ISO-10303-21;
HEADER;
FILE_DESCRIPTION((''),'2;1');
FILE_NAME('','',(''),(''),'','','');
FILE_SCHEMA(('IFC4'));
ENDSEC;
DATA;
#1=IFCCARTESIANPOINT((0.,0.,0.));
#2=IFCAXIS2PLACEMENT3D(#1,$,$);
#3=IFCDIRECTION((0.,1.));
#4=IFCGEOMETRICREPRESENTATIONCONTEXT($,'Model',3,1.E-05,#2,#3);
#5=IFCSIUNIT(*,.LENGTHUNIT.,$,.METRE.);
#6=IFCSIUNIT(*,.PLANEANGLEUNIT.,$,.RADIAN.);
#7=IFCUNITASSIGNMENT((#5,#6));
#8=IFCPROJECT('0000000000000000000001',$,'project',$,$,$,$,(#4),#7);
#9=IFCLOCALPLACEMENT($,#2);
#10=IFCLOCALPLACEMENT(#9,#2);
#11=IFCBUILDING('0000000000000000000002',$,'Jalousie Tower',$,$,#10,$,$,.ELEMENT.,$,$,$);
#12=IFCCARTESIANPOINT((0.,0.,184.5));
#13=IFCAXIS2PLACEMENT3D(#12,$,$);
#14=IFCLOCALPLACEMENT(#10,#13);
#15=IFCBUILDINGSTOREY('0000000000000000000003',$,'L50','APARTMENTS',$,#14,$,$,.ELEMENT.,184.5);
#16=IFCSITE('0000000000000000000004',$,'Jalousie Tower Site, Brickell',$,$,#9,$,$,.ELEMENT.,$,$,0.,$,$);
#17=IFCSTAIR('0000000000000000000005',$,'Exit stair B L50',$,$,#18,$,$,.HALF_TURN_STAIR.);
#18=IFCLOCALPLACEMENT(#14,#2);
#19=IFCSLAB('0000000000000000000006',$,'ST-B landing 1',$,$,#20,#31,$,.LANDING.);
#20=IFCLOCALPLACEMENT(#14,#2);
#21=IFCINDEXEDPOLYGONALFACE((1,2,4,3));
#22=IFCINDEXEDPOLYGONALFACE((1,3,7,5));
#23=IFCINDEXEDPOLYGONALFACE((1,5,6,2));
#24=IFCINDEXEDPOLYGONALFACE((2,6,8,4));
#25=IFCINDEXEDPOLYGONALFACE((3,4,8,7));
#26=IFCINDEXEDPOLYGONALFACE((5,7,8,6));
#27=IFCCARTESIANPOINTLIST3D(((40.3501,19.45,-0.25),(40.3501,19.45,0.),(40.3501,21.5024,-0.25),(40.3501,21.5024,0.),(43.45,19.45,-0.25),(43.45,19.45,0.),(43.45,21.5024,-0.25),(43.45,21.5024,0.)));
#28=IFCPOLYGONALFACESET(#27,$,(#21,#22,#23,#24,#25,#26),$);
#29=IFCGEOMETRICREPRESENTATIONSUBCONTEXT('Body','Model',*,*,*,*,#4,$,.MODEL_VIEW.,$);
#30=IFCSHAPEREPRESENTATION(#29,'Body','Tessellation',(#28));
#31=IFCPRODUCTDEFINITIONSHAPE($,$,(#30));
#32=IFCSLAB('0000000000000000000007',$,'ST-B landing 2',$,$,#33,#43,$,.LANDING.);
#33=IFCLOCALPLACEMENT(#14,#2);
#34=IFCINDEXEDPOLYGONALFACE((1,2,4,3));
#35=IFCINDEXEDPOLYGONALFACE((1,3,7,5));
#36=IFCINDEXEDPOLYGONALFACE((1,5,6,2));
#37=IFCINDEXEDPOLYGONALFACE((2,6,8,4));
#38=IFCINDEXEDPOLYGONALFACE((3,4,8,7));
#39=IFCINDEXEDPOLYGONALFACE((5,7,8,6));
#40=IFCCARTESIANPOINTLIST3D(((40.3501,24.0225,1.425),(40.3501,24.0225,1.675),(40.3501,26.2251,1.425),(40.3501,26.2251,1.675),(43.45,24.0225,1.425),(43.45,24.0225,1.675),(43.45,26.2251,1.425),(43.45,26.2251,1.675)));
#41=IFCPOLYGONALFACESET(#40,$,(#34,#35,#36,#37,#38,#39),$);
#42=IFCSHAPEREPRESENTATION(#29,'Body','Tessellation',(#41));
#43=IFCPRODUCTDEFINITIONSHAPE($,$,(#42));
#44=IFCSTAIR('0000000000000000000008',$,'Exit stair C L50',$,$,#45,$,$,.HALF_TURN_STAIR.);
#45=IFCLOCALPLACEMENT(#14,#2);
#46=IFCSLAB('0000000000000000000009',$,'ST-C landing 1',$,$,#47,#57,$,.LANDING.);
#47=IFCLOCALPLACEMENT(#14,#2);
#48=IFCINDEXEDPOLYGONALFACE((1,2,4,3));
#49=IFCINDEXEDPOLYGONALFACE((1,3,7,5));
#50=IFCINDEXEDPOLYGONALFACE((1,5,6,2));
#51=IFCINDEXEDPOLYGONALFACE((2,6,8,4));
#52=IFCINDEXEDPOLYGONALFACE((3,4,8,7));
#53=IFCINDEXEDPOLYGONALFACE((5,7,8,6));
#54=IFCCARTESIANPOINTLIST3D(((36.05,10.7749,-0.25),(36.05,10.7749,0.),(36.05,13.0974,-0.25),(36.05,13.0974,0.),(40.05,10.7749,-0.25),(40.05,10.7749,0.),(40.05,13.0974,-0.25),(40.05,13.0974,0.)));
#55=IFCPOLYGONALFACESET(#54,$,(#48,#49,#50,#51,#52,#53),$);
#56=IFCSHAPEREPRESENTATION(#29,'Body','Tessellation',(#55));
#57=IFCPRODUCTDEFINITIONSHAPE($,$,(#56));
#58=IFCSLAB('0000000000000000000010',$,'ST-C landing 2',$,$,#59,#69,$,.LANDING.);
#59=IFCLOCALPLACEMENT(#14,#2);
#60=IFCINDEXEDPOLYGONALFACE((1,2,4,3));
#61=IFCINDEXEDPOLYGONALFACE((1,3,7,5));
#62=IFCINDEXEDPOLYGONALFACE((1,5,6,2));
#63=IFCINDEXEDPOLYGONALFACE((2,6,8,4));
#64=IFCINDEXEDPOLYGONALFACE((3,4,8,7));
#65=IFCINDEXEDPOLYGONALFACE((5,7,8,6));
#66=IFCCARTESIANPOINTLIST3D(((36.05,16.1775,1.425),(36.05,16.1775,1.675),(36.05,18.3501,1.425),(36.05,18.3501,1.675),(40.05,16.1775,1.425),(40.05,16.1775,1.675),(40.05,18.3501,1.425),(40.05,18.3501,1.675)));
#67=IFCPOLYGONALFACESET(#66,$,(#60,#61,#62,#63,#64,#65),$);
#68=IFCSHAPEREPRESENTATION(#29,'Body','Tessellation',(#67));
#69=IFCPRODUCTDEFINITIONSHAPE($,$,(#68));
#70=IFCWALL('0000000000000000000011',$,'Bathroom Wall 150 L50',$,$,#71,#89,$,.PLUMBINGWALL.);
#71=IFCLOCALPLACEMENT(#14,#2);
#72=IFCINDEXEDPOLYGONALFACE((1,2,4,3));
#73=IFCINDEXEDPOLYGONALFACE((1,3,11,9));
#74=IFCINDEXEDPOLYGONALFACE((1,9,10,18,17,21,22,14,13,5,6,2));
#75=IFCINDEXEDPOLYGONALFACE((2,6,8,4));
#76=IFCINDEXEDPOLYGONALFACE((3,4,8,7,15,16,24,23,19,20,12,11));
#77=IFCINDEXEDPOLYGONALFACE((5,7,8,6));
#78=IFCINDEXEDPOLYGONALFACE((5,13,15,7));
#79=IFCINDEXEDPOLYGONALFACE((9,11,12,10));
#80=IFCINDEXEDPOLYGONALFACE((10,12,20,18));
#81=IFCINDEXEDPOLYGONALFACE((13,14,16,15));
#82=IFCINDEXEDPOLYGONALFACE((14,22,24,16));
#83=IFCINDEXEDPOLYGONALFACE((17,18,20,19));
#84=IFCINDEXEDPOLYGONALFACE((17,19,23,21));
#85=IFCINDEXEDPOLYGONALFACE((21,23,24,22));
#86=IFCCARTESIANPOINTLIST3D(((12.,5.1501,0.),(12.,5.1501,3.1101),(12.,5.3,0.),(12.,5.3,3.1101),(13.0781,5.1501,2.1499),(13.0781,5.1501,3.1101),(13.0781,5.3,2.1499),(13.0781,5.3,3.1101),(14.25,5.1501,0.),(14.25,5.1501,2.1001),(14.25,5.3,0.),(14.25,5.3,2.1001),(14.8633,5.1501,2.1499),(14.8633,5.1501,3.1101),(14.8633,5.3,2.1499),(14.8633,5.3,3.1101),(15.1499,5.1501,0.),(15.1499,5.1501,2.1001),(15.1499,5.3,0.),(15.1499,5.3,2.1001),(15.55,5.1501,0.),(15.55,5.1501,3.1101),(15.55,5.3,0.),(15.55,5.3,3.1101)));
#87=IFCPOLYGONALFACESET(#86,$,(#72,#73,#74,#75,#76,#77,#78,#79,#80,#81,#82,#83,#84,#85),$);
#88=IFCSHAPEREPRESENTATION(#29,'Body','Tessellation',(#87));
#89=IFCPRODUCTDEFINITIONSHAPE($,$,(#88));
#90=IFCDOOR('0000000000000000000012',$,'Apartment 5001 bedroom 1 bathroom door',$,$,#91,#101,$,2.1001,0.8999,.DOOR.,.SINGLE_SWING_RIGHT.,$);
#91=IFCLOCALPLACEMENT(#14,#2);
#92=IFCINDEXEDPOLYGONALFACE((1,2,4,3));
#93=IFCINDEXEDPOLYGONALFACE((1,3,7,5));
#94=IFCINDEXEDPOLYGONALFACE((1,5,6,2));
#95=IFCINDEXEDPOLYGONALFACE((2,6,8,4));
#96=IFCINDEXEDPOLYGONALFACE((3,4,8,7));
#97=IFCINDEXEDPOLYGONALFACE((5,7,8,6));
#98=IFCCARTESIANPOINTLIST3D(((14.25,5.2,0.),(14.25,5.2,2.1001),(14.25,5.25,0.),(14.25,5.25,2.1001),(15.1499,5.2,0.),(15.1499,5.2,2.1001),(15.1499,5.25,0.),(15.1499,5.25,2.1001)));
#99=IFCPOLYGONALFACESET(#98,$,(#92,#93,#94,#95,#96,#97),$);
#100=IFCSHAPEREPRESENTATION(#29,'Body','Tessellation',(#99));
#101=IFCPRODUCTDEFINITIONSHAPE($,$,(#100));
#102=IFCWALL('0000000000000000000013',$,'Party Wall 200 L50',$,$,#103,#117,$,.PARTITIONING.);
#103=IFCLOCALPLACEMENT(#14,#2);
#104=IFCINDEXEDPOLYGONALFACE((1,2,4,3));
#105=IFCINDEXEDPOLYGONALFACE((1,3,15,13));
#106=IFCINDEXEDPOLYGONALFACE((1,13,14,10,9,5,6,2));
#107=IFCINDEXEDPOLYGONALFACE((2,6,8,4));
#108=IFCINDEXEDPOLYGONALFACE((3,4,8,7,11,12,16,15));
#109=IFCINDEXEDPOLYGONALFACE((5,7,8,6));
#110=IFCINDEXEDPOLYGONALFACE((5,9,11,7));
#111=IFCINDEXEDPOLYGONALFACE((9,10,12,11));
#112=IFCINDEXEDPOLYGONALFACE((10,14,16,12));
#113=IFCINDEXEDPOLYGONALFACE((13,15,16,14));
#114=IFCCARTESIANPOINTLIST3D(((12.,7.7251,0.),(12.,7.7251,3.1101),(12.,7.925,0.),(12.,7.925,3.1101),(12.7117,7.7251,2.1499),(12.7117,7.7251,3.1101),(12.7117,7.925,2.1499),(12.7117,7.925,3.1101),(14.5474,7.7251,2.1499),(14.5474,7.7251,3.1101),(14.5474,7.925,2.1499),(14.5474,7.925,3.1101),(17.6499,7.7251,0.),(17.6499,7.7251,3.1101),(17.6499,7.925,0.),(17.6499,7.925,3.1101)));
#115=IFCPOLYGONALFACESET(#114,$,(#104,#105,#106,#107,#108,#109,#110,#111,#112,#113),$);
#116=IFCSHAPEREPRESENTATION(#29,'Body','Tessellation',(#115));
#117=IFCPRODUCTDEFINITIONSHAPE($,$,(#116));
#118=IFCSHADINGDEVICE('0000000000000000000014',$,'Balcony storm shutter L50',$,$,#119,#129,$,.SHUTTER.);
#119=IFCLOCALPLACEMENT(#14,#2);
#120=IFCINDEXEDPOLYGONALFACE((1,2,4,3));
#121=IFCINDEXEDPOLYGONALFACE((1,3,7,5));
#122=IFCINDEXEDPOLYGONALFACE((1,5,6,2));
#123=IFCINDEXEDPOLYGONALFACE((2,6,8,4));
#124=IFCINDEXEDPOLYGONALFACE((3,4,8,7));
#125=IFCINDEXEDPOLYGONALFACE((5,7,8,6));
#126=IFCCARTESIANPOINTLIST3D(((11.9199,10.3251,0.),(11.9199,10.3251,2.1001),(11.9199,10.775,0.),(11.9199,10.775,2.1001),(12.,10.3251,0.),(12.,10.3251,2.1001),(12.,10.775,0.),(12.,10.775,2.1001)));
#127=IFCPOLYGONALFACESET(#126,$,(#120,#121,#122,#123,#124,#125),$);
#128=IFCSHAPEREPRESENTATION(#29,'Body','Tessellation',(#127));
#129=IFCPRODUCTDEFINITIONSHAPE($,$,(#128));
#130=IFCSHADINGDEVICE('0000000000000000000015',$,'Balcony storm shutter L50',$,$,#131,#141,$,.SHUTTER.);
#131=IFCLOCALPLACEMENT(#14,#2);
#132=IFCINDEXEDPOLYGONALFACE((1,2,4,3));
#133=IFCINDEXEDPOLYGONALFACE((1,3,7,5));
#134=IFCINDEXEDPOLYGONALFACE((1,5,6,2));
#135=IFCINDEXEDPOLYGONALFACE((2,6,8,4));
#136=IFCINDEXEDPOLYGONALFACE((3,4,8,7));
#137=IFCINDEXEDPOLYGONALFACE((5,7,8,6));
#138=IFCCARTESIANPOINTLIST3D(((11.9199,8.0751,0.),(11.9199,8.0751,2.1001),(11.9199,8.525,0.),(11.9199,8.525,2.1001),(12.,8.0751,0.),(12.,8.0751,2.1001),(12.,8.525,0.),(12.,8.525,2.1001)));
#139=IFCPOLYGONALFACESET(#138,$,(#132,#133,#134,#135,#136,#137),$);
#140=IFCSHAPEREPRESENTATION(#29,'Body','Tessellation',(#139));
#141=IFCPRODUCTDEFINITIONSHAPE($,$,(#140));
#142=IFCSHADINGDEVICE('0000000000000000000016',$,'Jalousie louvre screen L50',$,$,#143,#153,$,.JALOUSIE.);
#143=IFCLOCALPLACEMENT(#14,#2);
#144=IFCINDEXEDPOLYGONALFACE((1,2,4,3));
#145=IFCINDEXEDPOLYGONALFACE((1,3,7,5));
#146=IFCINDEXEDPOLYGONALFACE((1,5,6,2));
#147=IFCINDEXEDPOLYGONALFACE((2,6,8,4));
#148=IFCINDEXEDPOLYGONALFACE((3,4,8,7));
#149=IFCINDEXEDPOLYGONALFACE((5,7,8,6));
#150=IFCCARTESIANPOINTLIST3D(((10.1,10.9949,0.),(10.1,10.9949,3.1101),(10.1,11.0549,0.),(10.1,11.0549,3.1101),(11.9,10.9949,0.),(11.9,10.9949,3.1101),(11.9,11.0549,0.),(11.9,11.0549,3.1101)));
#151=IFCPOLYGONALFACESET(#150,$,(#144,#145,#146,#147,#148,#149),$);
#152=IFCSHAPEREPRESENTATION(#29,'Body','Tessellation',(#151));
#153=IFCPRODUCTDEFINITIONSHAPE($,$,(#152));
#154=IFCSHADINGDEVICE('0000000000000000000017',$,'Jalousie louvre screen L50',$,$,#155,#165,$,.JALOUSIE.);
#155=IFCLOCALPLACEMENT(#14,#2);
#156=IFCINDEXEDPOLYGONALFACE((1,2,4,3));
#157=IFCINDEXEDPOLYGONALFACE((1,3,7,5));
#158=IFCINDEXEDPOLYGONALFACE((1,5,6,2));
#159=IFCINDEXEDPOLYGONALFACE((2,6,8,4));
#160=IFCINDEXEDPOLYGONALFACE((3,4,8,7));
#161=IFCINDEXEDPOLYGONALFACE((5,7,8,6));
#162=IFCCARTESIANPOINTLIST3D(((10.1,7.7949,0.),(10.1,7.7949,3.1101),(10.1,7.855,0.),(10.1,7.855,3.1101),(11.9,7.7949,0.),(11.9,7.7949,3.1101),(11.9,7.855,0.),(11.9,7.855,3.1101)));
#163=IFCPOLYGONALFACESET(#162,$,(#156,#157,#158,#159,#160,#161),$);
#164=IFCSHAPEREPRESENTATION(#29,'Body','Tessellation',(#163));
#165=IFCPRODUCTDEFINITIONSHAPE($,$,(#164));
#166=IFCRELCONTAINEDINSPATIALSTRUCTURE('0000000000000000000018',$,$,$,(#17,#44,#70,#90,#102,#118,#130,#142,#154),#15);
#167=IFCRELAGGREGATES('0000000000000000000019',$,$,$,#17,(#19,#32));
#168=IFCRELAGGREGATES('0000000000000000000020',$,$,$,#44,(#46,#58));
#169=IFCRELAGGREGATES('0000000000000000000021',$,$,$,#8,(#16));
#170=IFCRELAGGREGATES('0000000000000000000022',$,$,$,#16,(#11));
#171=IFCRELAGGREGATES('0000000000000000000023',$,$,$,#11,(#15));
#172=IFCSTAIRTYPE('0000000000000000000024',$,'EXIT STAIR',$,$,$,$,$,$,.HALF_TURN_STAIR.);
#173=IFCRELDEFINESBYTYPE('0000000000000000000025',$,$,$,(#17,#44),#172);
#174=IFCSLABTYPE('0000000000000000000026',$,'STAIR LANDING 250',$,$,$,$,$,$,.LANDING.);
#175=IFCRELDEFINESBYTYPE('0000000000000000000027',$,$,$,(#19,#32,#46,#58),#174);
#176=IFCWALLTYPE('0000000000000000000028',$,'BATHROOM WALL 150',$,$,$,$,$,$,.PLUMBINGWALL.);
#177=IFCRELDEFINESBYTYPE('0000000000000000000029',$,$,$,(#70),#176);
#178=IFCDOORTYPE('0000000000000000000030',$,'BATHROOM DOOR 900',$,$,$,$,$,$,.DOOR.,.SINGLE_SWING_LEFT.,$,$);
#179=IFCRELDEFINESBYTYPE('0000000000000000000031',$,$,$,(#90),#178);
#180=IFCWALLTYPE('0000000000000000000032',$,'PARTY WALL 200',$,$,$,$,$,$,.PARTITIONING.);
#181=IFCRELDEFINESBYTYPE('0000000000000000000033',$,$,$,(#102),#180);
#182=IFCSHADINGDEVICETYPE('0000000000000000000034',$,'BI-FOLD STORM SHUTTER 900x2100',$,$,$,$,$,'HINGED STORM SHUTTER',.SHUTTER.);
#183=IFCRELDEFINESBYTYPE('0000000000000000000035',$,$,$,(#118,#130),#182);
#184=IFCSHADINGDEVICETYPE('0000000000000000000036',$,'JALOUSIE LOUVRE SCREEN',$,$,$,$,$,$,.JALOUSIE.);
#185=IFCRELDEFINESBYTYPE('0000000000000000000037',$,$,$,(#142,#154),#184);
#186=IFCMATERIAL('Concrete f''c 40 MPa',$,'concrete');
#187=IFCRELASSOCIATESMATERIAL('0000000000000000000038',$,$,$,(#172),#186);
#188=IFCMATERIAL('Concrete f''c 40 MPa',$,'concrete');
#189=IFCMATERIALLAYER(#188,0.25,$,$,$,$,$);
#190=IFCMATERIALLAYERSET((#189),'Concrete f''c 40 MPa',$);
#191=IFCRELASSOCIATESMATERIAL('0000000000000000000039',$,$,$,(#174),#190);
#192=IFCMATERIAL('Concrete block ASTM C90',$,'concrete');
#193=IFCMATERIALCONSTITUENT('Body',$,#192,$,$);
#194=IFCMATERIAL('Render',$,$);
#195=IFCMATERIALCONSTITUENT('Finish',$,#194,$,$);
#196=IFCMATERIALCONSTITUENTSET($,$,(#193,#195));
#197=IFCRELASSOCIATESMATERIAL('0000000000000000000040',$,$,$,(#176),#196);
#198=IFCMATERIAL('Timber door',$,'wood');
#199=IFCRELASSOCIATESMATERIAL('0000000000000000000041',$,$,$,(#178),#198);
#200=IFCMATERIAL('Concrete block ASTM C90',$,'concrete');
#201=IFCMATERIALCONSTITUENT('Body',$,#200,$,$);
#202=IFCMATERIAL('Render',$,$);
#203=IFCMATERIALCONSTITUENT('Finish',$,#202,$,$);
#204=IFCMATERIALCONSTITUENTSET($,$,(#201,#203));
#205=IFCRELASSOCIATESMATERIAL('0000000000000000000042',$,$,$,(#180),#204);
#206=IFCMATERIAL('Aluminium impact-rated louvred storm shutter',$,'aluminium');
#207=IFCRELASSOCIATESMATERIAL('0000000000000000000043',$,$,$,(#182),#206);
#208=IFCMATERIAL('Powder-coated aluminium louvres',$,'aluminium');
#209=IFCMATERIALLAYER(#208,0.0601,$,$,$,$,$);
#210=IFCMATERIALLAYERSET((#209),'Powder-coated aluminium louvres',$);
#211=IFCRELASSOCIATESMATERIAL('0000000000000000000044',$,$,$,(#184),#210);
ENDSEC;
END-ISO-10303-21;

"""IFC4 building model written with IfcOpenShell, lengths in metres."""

from ifc_helpers import new_model, si_unit, direction, frame, frame_2d, origin, origin_2d, place, context, subcontext, project, spatial, polyline, rectangle, outline, extrude, material, layer, layer_set, constituent, constituent_set, type_object, element, fill, aggregate, save


model = new_model("IFC4")

# Units and contexts
model_context = context("Model", 3, precision=1e-05, world=origin(), true_north=direction((0.0, 1.0)))
body_context = subcontext(model_context, "Body", "Model", "MODEL_VIEW")
ifc_project = project(units=[si_unit("LENGTHUNIT", "METRE"), si_unit("PLANEANGLEUNIT", "RADIAN")], contexts=[model_context])

# Site, building, storey
site_placement = place(None, origin())
site = spatial("IfcSite", under=ifc_project, at=site_placement, Name="Jalousie Tower Site, Brickell", CompositionType="ELEMENT", RefElevation=0.0)
building_placement = place(site_placement, origin())
building = spatial("IfcBuilding", under=site, at=building_placement, Name="Jalousie Tower", CompositionType="ELEMENT")
storey_placement = place(building_placement, frame((0.0, 0.0, 184.5)))
storey = spatial("IfcBuildingStorey", under=building, at=storey_placement, Name="L50", Description="APARTMENTS", CompositionType="ELEMENT", Elevation=184.5)

# Stairs, slabs
ifc_material_1 = material(Name="Concrete f'c 40 MPa", Category="concrete")
stair_type = type_object("IfcStairType", Name="EXIT STAIR", PredefinedType="HALF_TURN_STAIR", material=ifc_material_1)
ifc_material_2 = material(Name="Concrete f'c 40 MPa", Category="concrete")
ifc_layer_1 = layer(ifc_material_2, 0.25)
ifc_layer_set_1 = layer_set([ifc_layer_1], Name="Concrete f'c 40 MPa")
slab_type_1 = type_object("IfcSlabType", Name="STAIR LANDING 250", PredefinedType="LANDING", material=ifc_layer_set_1)
stair_1_placement = place(storey_placement, origin())
stair_1 = element("IfcStair", 1, at=stair_1_placement, inside=storey, type_object=stair_type, Name="Exit stair B L50", PredefinedType="HALF_TURN_STAIR")
slab_1_placement = place(storey_placement, frame((0.0, 0.0, -0.25)))
slab_1 = element("IfcSlab", 2, at=slab_1_placement, type_object=slab_type_1, Name="ST-B landing 1", PredefinedType="LANDING", context=body_context, shape_type="SweptSolid", body=[
    extrude(outline(polyline([(40.3501, 19.45), (43.45, 19.45), (43.45, 21.5024), (40.3501, 21.5024), (40.3501, 19.45)])), origin(), (0.0, 0.0, 1.0), 0.25),
])
slab_2_placement = place(storey_placement, frame((0.0, 0.0, 1.425)))
slab_2 = element("IfcSlab", 3, at=slab_2_placement, type_object=slab_type_1, Name="ST-B landing 2", PredefinedType="LANDING", context=body_context, shape_type="SweptSolid", body=[
    extrude(outline(polyline([(40.3501, 24.0225), (43.45, 24.0225), (43.45, 26.2251), (40.3501, 26.2251), (40.3501, 24.0225)])), origin(), (0.0, 0.0, 1.0), 0.25),
])
aggregate(stair_1, [slab_1, slab_2])
stair_2_placement = place(storey_placement, origin())
stair_2 = element("IfcStair", 4, at=stair_2_placement, inside=storey, type_object=stair_type, Name="Exit stair C L50", PredefinedType="HALF_TURN_STAIR")
slab_3_placement = place(storey_placement, frame((0.0, 0.0, -0.25)))
slab_3 = element("IfcSlab", 5, at=slab_3_placement, type_object=slab_type_1, Name="ST-C landing 1", PredefinedType="LANDING", context=body_context, shape_type="SweptSolid", body=[
    extrude(outline(polyline([(36.05, 10.7749), (40.05, 10.7749), (40.05, 13.0974), (36.05, 13.0974), (36.05, 10.7749)])), origin(), (0.0, 0.0, 1.0), 0.25),
])
slab_4_placement = place(storey_placement, frame((0.0, 0.0, 1.425)))
slab_4 = element("IfcSlab", 6, at=slab_4_placement, type_object=slab_type_1, Name="ST-C landing 2", PredefinedType="LANDING", context=body_context, shape_type="SweptSolid", body=[
    extrude(outline(polyline([(36.05, 16.1775), (40.05, 16.1775), (40.05, 18.3501), (36.05, 18.3501), (36.05, 16.1775)])), origin(), (0.0, 0.0, 1.0), 0.25),
])
aggregate(stair_2, [slab_3, slab_4])

# Wall, opening, door
ifc_material_3 = material(Name="Concrete block ASTM C90", Category="concrete")
ifc_constituent_1 = constituent(ifc_material_3, Name="Body")
ifc_material_4 = material(Name="Render")
ifc_constituent_2 = constituent(ifc_material_4, Name="Finish")
ifc_constituent_set_1 = constituent_set(constituents=[ifc_constituent_1, ifc_constituent_2])
wall_type_1 = type_object("IfcWallType", Name="BATHROOM WALL 150", PredefinedType="PLUMBINGWALL", material=ifc_constituent_set_1)
wall_1_placement = place(storey_placement, frame((12.0, 5.2251, 0.0), z_axis=(0.0, 0.0, 1.0), x_axis=(1.0, 0.0, 0.0)))
wall_1 = element("IfcWall", 7, at=wall_1_placement, inside=storey, type_object=wall_type_1, Name="Bathroom Wall 150 L50", PredefinedType="PLUMBINGWALL", context=body_context, shape_type="SweptSolid", body=[
    extrude(outline(polyline([(0.0, 0.0), (3.55, 0.0), (3.55, 3.1101), (2.8633, 3.1101), (2.8633, 2.1499), (1.0781, 2.1499), (1.0781, 3.1101), (0.0, 3.1101), (0.0, 0.0)])), frame((0.0, 0.075, 0.0), z_axis=(0.0, -1.0, 0.0), x_axis=(1.0, 0.0, 0.0)), (0.0, 0.0, 1.0), 0.1499),
])
opening_placement = place(wall_1_placement, frame((2.25, 0.0, 0.0)))
opening = element("IfcOpeningElement", 8, at=opening_placement, cuts=wall_1, PredefinedType="OPENING", context=body_context, shape_type="SweptSolid", body=[
    extrude(rectangle(XDim=0.8999, YDim=2.1001, at=frame_2d((0.45, 1.05))), frame((0.0, 0.085, 0.0), z_axis=(0.0, -1.0, 0.0), x_axis=(1.0, 0.0, 0.0)), (0.0, 0.0, 1.0), 0.1699),
])
ifc_material_5 = material(Name="Timber door", Category="wood")
door_type = type_object("IfcDoorType", Name="BATHROOM DOOR 900", OperationType="SINGLE_SWING_LEFT", PredefinedType="DOOR", material=ifc_material_5)
door_placement = place(opening_placement, origin())
door = element("IfcDoor", 9, at=door_placement, inside=storey, type_object=door_type, Name="Apartment 5001 bedroom 1 bathroom door", OperationType="SINGLE_SWING_RIGHT", OverallHeight=2.1001, OverallWidth=0.8999, PredefinedType="DOOR", context=body_context, shape_type="SweptSolid", body=[
    extrude(rectangle(XDim=0.8999, YDim=2.1001, at=frame_2d((0.45, 1.05))), frame((0.0, 0.0249, 0.0), z_axis=(0.0, -1.0, 0.0), x_axis=(1.0, 0.0, 0.0)), (0.0, 0.0, 1.0), 0.05),
])
fill(opening, door)

# Wall
ifc_material_6 = material(Name="Concrete block ASTM C90", Category="concrete")
ifc_constituent_3 = constituent(ifc_material_6, Name="Body")
ifc_material_7 = material(Name="Render")
ifc_constituent_4 = constituent(ifc_material_7, Name="Finish")
ifc_constituent_set_2 = constituent_set(constituents=[ifc_constituent_3, ifc_constituent_4])
wall_type_2 = type_object("IfcWallType", Name="PARTY WALL 200", PredefinedType="PARTITIONING", material=ifc_constituent_set_2)
wall_2_placement = place(storey_placement, frame((12.0, 7.825, 0.0), z_axis=(0.0, 0.0, 1.0), x_axis=(1.0, 0.0, 0.0)))
element("IfcWall", 10, at=wall_2_placement, inside=storey, type_object=wall_type_2, Name="Party Wall 200 L50", PredefinedType="PARTITIONING", context=body_context, shape_type="SweptSolid", body=[
    extrude(outline(polyline([(0.0, 0.0), (5.6499, 0.0), (5.6499, 3.1101), (2.5474, 3.1101), (2.5474, 2.1499), (0.7117, 2.1499), (0.7117, 3.1101), (0.0, 3.1101), (0.0, 0.0)])), frame((0.0, 0.1001, 0.0), z_axis=(0.0, -1.0, 0.0), x_axis=(1.0, 0.0, 0.0)), (0.0, 0.0, 1.0), 0.2),
])

# Shading devices
ifc_material_8 = material(Name="Aluminium impact-rated louvred storm shutter", Category="aluminium")
shading_device_type_1 = type_object("IfcShadingDeviceType", Name="BI-FOLD STORM SHUTTER 900x2100", ElementType="HINGED STORM SHUTTER", PredefinedType="SHUTTER", material=ifc_material_8)
for number, where, z_axis, x_axis, name in (
    (11, (11.96, 10.55, 0.0), (0.0, 0.0, 1.0), (0.0, -1.0, 0.0), "Balcony storm shutter L50"),
    (12, (11.96, 8.3, 0.0), (0.0, 0.0, 1.0), (0.0, -1.0, 0.0), "Balcony storm shutter L50"),
):
    element("IfcShadingDevice", number, at=place(storey_placement, frame(where, z_axis=z_axis, x_axis=x_axis)), inside=storey, type_object=shading_device_type_1, Name=name, PredefinedType="SHUTTER", context=body_context, shape_type="SweptSolid", body=[
        extrude(rectangle(XDim=0.45, YDim=0.0801, at=origin_2d()), origin(), (0.0, 0.0, 1.0), 2.1001),
    ])

# Shading devices
ifc_material_9 = material(Name="Powder-coated aluminium louvres", Category="aluminium")
ifc_layer_2 = layer(ifc_material_9, 0.0601)
ifc_layer_set_2 = layer_set([ifc_layer_2], Name="Powder-coated aluminium louvres")
shading_device_type_2 = type_object("IfcShadingDeviceType", Name="JALOUSIE LOUVRE SCREEN", PredefinedType="JALOUSIE", material=ifc_layer_set_2)
for number, where, z_axis, x_axis, name in (
    (13, (11.0, 11.0249, 0.0), (0.0, 0.0, 1.0), (0.0, -1.0, 0.0), "Jalousie louvre screen L50"),
    (14, (11.0, 7.825, 0.0), (0.0, 0.0, 1.0), (0.0, -1.0, 0.0), "Jalousie louvre screen L50"),
):
    element("IfcShadingDevice", number, at=place(storey_placement, frame(where, z_axis=z_axis, x_axis=x_axis)), inside=storey, type_object=shading_device_type_2, Name=name, PredefinedType="JALOUSIE", context=body_context, shape_type="SweptSolid", body=[
        extrude(rectangle(XDim=0.0601, YDim=1.8, at=origin_2d()), origin(), (0.0, 0.0, 1.0), 3.1101),
    ])

save(model, "model.ifc")
